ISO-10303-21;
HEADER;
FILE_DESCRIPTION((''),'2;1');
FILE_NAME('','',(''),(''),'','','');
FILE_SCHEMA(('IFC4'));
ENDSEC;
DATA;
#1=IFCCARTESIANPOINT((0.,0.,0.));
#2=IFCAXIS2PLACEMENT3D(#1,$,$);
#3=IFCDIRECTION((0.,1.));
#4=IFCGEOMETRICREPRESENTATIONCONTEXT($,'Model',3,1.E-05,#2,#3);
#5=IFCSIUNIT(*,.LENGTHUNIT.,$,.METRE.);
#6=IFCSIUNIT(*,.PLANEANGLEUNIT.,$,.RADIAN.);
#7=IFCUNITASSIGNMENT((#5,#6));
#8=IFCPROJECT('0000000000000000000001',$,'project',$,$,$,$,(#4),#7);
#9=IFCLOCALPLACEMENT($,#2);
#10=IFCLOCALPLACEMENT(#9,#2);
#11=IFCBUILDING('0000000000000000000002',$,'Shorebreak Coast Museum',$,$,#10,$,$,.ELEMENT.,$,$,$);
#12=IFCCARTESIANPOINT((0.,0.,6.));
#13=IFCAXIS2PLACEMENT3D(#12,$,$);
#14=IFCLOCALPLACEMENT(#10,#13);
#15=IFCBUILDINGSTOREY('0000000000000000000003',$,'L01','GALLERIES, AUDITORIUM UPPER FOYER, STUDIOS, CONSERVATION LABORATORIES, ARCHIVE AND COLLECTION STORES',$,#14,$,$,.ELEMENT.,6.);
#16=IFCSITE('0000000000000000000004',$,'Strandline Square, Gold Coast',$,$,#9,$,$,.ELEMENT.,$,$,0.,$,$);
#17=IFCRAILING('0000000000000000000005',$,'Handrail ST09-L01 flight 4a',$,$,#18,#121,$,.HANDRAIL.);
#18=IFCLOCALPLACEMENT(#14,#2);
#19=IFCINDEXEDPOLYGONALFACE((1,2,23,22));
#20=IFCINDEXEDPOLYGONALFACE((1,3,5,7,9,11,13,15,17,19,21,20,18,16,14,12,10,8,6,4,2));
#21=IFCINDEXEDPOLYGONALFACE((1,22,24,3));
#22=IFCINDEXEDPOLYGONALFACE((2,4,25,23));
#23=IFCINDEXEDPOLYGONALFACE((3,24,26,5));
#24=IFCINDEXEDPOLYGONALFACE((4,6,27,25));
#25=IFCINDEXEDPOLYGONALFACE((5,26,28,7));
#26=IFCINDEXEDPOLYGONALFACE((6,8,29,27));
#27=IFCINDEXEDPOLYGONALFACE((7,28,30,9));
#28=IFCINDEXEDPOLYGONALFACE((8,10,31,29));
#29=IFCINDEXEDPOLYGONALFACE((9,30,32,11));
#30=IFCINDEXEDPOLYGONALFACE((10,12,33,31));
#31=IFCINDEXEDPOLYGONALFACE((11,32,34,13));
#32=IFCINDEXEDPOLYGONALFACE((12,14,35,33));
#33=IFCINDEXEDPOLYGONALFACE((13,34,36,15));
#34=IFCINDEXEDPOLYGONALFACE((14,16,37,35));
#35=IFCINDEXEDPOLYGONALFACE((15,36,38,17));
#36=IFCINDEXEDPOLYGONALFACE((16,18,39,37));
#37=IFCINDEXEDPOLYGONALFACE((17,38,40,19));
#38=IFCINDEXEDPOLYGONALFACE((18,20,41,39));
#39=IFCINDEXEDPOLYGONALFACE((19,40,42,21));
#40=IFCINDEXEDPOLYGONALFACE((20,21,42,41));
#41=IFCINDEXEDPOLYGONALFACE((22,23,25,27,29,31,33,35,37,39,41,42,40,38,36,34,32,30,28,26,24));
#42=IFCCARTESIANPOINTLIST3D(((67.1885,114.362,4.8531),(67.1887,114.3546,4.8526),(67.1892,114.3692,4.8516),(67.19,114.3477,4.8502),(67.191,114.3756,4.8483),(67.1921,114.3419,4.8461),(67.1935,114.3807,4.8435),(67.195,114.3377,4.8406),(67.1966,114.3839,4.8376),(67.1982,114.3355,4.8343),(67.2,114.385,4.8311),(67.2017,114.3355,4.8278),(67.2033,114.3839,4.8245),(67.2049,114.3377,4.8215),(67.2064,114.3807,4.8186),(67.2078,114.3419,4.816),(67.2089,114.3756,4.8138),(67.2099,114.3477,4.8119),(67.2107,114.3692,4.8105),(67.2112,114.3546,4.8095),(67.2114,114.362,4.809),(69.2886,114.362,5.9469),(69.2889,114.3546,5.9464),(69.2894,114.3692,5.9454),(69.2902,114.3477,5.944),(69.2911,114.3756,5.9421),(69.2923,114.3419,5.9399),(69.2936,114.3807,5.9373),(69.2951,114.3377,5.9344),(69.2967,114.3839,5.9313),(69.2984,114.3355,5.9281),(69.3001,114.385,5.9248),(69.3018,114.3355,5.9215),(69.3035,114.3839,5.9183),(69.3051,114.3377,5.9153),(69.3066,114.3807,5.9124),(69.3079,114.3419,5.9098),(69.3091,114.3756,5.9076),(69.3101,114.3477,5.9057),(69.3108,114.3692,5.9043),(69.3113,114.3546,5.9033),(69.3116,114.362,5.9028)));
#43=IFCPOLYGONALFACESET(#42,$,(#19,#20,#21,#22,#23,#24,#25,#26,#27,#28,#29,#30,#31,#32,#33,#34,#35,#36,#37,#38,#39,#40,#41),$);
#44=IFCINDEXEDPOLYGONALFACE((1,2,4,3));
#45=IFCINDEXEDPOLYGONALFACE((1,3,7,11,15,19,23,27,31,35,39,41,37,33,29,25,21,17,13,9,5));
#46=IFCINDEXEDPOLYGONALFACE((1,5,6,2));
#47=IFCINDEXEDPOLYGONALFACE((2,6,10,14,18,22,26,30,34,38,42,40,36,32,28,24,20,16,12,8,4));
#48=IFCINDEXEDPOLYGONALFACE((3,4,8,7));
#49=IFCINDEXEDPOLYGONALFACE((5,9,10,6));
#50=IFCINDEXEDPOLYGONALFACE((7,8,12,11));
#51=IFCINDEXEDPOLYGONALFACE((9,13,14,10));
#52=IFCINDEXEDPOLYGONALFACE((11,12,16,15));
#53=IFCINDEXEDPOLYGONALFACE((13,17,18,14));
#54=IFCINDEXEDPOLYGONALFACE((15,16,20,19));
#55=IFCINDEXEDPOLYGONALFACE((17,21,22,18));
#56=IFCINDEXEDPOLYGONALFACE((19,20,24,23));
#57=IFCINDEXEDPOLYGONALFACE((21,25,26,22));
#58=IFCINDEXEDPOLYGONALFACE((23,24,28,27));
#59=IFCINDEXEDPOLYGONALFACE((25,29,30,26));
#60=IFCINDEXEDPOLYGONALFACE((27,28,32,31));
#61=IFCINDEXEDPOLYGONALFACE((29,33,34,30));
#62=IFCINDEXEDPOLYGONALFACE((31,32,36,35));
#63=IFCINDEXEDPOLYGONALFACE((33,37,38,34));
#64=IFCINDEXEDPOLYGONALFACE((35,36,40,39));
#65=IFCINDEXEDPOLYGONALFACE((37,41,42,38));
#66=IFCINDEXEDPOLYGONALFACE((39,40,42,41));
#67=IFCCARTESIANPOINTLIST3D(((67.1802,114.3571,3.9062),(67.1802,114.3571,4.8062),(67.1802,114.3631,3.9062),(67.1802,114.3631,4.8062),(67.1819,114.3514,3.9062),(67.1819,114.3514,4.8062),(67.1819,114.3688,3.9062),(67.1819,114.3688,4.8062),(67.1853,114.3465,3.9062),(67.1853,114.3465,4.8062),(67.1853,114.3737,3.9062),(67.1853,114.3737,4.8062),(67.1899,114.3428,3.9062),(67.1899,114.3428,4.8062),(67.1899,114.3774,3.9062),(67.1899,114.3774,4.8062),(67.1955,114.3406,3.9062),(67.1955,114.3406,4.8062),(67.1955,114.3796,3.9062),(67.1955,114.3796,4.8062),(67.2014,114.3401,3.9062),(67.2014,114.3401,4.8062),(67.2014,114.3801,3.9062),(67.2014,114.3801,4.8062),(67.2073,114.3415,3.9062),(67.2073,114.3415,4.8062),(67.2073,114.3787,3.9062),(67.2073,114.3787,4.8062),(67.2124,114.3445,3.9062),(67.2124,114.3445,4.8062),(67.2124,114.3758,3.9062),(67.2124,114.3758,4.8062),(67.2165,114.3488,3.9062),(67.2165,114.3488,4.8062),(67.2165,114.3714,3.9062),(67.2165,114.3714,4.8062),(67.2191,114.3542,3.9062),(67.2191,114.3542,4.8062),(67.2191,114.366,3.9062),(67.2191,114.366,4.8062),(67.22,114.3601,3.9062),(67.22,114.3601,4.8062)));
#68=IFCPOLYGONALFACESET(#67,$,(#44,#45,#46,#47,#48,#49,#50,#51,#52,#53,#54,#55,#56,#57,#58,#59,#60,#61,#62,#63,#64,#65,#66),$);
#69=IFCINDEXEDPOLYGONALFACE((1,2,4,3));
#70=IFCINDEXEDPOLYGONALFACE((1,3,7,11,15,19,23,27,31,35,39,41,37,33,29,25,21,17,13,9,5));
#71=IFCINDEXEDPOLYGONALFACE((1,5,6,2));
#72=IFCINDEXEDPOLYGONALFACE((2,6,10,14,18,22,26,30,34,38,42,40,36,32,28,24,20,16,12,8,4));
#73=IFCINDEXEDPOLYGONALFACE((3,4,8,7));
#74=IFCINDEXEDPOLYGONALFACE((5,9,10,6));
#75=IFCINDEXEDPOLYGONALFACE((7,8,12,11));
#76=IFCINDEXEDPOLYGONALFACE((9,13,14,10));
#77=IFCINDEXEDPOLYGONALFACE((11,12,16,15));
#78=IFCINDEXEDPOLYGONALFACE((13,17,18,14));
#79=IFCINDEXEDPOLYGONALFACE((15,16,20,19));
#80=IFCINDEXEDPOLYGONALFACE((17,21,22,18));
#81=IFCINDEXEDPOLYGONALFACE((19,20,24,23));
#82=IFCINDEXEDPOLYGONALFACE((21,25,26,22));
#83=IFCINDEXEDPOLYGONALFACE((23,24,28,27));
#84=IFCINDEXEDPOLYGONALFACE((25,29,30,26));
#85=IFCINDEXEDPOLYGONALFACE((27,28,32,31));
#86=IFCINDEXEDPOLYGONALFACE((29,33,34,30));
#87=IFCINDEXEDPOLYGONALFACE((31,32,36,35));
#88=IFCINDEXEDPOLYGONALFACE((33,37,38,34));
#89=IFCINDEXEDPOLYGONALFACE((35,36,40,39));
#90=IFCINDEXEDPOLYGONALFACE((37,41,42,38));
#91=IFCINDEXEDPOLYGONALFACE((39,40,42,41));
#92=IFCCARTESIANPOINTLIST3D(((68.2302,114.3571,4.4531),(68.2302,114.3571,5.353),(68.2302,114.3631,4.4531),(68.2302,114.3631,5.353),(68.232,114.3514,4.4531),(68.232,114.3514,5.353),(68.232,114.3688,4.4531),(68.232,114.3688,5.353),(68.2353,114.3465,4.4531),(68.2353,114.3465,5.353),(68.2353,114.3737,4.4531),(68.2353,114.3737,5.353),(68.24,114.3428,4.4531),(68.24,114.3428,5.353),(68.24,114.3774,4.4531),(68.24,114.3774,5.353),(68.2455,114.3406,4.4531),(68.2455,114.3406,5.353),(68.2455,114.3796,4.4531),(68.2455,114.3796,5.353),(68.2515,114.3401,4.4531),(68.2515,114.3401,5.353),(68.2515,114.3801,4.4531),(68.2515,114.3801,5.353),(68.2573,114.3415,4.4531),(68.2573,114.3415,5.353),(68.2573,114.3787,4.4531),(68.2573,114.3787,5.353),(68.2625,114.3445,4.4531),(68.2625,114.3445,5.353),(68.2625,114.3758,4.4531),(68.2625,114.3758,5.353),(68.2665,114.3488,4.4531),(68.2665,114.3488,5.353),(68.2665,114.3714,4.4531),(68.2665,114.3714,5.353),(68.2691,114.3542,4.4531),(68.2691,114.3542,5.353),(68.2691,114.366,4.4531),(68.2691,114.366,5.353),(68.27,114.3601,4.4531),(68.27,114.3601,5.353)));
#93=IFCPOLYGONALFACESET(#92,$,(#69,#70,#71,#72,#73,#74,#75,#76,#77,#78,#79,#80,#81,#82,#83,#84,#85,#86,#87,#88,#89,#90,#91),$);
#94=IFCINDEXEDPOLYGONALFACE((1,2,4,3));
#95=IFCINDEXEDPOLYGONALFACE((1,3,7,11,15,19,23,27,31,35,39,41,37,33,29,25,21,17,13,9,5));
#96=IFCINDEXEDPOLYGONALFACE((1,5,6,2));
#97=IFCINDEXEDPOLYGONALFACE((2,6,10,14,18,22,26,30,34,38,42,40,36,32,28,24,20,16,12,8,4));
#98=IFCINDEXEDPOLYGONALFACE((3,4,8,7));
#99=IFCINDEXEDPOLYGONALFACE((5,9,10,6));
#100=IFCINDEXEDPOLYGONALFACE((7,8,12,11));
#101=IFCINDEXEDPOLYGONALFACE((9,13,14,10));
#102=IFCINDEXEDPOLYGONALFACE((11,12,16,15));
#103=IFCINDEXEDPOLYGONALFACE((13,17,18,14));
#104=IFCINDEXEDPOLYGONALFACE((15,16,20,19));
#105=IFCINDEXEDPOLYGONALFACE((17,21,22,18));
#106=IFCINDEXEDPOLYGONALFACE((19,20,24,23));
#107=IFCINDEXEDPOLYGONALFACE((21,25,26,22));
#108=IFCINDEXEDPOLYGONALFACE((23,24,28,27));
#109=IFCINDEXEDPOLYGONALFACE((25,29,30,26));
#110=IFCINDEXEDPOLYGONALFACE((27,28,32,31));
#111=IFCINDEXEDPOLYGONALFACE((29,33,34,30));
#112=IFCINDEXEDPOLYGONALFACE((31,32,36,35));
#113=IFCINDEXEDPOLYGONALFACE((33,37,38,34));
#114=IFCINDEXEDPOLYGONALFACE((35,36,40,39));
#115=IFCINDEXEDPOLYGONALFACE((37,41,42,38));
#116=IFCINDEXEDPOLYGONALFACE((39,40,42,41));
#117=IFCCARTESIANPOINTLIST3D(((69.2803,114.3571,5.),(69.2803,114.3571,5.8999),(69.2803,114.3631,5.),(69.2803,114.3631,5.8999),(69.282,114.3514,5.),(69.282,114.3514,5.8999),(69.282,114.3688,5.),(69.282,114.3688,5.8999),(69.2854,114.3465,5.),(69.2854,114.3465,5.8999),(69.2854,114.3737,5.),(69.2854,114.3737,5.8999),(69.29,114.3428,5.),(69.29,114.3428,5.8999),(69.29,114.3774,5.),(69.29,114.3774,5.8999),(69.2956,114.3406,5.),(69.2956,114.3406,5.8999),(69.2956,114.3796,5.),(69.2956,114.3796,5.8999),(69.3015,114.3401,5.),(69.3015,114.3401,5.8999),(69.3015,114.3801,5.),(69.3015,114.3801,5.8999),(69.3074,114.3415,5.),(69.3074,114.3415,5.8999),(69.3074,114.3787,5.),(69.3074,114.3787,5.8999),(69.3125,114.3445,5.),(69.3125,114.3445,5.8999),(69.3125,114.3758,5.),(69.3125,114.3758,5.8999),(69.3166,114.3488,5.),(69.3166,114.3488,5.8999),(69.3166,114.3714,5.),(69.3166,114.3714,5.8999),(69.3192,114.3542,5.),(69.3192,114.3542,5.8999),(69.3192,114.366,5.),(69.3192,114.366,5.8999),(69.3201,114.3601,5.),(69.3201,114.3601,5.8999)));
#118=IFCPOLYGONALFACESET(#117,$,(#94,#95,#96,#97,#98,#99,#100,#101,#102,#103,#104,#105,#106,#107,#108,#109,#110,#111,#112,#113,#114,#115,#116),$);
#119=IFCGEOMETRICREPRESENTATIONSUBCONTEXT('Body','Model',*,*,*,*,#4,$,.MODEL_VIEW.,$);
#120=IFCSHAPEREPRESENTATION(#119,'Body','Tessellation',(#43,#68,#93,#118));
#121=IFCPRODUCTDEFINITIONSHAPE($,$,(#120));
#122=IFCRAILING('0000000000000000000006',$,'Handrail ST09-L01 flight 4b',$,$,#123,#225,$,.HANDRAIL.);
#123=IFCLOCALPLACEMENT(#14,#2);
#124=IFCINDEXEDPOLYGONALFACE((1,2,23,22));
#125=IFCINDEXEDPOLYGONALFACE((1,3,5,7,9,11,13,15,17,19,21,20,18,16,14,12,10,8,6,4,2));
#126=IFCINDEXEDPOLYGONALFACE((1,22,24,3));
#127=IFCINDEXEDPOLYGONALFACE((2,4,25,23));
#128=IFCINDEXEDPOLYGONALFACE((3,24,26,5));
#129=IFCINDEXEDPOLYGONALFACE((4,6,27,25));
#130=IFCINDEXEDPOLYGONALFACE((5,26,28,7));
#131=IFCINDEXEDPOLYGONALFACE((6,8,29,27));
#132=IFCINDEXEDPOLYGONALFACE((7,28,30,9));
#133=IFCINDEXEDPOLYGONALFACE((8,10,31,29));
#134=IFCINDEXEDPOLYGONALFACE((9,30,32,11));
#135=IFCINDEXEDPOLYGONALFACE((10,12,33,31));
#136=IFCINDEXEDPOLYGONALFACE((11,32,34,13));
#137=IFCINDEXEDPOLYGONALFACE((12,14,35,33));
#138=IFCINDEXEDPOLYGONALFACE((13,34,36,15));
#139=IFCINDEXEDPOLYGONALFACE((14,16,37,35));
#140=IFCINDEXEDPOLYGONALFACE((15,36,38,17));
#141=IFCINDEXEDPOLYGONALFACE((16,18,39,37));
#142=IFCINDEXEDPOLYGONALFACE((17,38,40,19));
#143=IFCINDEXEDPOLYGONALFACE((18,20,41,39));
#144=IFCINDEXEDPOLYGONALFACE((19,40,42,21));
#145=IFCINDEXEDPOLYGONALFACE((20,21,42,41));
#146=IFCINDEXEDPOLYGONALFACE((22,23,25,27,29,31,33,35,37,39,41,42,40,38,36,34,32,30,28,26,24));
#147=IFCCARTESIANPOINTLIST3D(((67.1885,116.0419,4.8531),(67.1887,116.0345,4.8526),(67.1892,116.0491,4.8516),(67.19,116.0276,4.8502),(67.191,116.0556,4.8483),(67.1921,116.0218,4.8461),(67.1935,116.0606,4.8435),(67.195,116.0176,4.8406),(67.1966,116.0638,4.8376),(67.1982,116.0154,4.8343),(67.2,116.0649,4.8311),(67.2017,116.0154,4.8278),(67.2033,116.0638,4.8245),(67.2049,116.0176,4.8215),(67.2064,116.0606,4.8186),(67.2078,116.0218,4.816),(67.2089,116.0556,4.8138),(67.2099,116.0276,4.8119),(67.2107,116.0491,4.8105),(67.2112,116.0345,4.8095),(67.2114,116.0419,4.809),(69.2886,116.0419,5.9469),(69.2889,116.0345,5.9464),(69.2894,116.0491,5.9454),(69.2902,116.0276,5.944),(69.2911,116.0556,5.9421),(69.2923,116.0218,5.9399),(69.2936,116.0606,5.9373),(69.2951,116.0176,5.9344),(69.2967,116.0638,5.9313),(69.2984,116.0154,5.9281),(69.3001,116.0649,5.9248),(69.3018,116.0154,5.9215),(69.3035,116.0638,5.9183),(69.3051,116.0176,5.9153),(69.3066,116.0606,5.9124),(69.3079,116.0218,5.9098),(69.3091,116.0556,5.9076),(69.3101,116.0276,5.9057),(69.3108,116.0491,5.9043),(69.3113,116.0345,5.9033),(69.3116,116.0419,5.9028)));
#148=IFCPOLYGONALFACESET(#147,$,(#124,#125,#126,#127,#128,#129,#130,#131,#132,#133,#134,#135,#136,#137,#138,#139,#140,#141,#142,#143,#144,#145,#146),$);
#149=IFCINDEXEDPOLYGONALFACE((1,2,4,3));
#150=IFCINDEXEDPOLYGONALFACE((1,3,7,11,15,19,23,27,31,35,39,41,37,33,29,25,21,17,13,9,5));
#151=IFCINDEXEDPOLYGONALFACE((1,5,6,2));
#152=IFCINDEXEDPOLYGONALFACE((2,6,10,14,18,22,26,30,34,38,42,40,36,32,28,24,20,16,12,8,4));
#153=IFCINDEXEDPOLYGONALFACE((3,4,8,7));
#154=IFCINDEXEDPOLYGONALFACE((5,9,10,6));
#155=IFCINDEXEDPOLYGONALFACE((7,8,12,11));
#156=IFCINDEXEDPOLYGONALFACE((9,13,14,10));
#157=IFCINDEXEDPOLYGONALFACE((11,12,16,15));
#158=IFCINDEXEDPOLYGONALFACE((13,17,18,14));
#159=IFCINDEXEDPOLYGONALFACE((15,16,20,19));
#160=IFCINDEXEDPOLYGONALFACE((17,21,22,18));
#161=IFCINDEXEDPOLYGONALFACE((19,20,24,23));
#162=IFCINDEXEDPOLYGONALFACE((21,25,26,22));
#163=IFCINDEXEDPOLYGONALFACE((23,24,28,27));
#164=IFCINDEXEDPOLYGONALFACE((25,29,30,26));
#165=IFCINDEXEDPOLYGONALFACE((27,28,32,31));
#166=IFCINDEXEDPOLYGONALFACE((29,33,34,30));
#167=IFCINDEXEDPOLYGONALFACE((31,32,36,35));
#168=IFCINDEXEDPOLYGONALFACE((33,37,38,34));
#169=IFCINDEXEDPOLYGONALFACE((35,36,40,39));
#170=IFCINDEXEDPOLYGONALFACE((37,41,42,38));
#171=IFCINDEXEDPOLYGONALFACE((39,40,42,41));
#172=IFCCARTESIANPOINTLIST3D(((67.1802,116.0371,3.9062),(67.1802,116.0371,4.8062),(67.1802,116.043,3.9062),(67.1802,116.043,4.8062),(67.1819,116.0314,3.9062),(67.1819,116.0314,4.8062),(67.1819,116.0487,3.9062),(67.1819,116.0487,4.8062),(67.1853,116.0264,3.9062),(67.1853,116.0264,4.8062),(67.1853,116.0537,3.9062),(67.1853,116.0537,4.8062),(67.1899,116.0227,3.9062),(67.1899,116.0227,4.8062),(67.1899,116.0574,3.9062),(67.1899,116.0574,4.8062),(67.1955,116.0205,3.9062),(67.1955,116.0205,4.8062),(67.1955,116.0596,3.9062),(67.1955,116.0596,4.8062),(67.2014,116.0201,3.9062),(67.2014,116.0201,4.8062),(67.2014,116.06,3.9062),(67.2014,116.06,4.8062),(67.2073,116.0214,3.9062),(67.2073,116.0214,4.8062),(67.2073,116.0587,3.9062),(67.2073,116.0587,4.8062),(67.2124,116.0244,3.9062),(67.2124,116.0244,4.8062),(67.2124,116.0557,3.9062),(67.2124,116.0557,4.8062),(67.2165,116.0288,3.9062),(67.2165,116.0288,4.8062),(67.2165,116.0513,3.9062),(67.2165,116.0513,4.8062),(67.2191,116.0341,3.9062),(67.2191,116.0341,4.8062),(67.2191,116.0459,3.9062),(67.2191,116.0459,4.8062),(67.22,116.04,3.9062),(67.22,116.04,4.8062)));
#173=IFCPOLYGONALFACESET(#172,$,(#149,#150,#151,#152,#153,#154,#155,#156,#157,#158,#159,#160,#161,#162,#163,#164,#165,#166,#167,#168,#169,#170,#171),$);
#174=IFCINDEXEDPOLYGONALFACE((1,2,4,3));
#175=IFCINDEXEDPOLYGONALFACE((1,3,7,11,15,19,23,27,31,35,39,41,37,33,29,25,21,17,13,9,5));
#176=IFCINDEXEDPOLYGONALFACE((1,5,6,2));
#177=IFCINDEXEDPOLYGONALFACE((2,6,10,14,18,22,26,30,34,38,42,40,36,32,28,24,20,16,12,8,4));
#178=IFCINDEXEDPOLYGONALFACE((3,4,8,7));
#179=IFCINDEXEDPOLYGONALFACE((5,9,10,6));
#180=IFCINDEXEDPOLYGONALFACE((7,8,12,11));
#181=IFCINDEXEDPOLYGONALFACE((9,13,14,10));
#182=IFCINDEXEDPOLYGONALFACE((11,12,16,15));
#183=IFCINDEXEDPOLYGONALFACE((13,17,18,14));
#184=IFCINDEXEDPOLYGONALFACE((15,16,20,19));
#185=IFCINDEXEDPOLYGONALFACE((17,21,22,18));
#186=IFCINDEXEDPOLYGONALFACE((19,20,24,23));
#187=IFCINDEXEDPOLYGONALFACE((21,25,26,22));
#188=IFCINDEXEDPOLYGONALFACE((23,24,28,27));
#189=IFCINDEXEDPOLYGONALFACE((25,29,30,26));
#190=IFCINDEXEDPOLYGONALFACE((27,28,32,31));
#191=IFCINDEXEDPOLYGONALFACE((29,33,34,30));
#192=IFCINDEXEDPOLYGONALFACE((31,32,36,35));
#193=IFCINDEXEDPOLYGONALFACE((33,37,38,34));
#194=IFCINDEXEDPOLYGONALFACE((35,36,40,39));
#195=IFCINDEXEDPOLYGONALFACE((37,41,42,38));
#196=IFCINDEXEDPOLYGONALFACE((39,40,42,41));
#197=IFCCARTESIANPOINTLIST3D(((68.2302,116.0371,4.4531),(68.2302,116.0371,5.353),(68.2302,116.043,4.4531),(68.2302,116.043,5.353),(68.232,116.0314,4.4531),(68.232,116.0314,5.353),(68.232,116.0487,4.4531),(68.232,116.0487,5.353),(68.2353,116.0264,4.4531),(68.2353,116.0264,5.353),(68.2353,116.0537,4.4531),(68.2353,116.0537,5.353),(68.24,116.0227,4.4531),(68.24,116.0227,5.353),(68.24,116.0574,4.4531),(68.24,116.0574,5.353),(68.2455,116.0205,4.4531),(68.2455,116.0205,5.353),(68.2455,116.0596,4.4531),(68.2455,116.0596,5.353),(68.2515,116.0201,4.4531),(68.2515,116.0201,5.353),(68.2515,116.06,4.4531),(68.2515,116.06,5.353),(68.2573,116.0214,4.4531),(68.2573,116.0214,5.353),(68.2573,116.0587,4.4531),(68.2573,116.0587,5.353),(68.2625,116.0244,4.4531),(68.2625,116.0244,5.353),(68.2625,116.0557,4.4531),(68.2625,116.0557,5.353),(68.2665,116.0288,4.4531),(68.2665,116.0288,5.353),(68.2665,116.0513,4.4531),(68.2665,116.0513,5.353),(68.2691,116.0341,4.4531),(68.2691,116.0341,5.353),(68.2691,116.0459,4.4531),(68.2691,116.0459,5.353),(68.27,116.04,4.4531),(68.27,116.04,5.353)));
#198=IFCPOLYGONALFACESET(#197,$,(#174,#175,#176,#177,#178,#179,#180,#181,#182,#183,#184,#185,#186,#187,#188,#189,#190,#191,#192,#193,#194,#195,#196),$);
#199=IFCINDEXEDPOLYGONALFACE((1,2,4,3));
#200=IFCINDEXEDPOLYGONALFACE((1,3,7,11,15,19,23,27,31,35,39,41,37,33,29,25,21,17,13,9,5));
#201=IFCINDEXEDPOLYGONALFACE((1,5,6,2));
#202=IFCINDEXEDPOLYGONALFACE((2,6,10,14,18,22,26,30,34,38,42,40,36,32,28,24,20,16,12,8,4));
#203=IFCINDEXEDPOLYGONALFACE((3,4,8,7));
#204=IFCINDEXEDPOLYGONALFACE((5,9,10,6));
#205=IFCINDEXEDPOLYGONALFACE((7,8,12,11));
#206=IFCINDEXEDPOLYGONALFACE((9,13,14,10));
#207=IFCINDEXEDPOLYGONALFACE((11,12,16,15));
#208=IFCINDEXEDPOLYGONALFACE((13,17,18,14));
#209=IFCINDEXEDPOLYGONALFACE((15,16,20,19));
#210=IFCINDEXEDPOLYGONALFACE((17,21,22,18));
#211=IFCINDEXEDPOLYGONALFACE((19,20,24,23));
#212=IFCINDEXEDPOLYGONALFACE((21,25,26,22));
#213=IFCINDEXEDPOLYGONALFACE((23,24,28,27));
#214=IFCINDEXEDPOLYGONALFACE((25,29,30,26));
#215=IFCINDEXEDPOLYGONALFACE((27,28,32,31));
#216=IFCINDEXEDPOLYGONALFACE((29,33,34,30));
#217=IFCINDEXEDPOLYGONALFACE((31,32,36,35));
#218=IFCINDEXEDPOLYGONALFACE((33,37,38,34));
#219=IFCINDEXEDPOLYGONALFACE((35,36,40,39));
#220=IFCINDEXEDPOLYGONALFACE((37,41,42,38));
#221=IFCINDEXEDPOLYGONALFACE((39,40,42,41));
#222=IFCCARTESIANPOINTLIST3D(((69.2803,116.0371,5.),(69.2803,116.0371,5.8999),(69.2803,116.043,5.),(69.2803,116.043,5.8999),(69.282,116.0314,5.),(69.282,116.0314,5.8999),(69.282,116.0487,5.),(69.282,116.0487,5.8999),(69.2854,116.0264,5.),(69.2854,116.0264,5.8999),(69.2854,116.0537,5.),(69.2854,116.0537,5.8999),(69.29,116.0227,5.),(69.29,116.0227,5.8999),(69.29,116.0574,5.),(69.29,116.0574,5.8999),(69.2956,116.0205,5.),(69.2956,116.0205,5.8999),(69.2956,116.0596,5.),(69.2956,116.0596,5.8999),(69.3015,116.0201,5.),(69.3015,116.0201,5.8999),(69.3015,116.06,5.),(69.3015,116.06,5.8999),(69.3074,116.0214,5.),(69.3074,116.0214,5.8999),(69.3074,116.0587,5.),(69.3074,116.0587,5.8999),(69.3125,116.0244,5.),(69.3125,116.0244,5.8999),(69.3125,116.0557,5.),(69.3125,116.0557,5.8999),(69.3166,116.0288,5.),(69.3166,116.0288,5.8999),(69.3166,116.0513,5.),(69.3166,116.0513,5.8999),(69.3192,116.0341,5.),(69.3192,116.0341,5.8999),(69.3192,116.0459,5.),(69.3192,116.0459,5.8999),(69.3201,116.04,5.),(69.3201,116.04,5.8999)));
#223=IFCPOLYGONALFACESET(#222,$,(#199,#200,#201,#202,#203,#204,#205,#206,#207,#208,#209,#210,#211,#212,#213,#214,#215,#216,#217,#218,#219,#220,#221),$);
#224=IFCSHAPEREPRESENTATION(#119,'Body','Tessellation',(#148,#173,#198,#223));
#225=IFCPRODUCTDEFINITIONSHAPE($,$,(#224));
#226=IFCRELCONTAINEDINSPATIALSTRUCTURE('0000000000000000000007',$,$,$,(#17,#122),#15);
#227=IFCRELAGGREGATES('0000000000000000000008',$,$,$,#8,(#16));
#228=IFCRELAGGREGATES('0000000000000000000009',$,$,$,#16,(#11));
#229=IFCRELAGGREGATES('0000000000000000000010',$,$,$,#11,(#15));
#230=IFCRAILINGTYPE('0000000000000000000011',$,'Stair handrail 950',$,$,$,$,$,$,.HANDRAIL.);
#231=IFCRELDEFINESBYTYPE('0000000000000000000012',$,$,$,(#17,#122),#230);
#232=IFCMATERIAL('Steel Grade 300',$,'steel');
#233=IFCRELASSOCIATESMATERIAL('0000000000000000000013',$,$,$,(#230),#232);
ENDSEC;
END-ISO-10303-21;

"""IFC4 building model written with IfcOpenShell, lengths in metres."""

from ifc_helpers import new_model, si_unit, direction, frame, origin, origin_2d, place, context, subcontext, project, spatial, circle, extrude, material, type_object, element, save


model = new_model("IFC4")

# Units and contexts
model_context = context("Model", 3, precision=1e-05, world=origin(), true_north=direction((0.0, 1.0)))
body_context = subcontext(model_context, "Body", "Model", "MODEL_VIEW")
ifc_project = project(units=[si_unit("LENGTHUNIT", "METRE"), si_unit("PLANEANGLEUNIT", "RADIAN")], contexts=[model_context])

# Site, building, storey
site_placement = place(None, origin())
site = spatial("IfcSite", under=ifc_project, at=site_placement, Name="Strandline Square, Gold Coast", CompositionType="ELEMENT", RefElevation=0.0)
building_placement = place(site_placement, origin())
building = spatial("IfcBuilding", under=site, at=building_placement, Name="Shorebreak Coast Museum", CompositionType="ELEMENT")
storey_placement = place(building_placement, frame((0.0, 0.0, 6.0)))
storey = spatial("IfcBuildingStorey", under=building, at=storey_placement, Name="L01", Description="GALLERIES, AUDITORIUM UPPER FOYER, STUDIOS, CONSERVATION LABORATORIES, ARCHIVE AND COLLECTION STORES", CompositionType="ELEMENT", Elevation=6.0)

# Railings
ifc_material_1 = material(Name="Steel Grade 300", Category="steel")
railing_type_1 = type_object("IfcRailingType", Name="Stair handrail 950", PredefinedType="HANDRAIL", material=ifc_material_1)
for number, where, name in (
    (1, (67.2, 114.3601, 3.9062), "Handrail ST09-L01 flight 4a"),
    (2, (67.2, 116.04, 3.9062), "Handrail ST09-L01 flight 4b"),
):
    element("IfcRailing", number, at=place(storey_placement, frame(where)), inside=storey, type_object=railing_type_1, Name=name, PredefinedType="HANDRAIL", context=body_context, shape_type="SweptSolid", body=[
        extrude(circle(Radius=0.0249, at=origin_2d()), frame((0.0, 0.0, 0.9248), z_axis=(0.886923, 0.0, 0.461918), x_axis=(0.0, 1.0, 0.0)), (0.0, 0.0, 1.0), 2.3679),
        extrude(circle(Radius=0.02, at=origin_2d()), origin(), (0.0, 0.0, 1.0), 0.8999),
        extrude(circle(Radius=0.02, at=origin_2d()), frame((1.05, 0.0, 0.5469)), (0.0, 0.0, 1.0), 0.8999),
        extrude(circle(Radius=0.02, at=origin_2d()), frame((2.1001, 0.0, 1.0938)), (0.0, 0.0, 1.0), 0.8999),
    ])

save(model, "model.ifc")
